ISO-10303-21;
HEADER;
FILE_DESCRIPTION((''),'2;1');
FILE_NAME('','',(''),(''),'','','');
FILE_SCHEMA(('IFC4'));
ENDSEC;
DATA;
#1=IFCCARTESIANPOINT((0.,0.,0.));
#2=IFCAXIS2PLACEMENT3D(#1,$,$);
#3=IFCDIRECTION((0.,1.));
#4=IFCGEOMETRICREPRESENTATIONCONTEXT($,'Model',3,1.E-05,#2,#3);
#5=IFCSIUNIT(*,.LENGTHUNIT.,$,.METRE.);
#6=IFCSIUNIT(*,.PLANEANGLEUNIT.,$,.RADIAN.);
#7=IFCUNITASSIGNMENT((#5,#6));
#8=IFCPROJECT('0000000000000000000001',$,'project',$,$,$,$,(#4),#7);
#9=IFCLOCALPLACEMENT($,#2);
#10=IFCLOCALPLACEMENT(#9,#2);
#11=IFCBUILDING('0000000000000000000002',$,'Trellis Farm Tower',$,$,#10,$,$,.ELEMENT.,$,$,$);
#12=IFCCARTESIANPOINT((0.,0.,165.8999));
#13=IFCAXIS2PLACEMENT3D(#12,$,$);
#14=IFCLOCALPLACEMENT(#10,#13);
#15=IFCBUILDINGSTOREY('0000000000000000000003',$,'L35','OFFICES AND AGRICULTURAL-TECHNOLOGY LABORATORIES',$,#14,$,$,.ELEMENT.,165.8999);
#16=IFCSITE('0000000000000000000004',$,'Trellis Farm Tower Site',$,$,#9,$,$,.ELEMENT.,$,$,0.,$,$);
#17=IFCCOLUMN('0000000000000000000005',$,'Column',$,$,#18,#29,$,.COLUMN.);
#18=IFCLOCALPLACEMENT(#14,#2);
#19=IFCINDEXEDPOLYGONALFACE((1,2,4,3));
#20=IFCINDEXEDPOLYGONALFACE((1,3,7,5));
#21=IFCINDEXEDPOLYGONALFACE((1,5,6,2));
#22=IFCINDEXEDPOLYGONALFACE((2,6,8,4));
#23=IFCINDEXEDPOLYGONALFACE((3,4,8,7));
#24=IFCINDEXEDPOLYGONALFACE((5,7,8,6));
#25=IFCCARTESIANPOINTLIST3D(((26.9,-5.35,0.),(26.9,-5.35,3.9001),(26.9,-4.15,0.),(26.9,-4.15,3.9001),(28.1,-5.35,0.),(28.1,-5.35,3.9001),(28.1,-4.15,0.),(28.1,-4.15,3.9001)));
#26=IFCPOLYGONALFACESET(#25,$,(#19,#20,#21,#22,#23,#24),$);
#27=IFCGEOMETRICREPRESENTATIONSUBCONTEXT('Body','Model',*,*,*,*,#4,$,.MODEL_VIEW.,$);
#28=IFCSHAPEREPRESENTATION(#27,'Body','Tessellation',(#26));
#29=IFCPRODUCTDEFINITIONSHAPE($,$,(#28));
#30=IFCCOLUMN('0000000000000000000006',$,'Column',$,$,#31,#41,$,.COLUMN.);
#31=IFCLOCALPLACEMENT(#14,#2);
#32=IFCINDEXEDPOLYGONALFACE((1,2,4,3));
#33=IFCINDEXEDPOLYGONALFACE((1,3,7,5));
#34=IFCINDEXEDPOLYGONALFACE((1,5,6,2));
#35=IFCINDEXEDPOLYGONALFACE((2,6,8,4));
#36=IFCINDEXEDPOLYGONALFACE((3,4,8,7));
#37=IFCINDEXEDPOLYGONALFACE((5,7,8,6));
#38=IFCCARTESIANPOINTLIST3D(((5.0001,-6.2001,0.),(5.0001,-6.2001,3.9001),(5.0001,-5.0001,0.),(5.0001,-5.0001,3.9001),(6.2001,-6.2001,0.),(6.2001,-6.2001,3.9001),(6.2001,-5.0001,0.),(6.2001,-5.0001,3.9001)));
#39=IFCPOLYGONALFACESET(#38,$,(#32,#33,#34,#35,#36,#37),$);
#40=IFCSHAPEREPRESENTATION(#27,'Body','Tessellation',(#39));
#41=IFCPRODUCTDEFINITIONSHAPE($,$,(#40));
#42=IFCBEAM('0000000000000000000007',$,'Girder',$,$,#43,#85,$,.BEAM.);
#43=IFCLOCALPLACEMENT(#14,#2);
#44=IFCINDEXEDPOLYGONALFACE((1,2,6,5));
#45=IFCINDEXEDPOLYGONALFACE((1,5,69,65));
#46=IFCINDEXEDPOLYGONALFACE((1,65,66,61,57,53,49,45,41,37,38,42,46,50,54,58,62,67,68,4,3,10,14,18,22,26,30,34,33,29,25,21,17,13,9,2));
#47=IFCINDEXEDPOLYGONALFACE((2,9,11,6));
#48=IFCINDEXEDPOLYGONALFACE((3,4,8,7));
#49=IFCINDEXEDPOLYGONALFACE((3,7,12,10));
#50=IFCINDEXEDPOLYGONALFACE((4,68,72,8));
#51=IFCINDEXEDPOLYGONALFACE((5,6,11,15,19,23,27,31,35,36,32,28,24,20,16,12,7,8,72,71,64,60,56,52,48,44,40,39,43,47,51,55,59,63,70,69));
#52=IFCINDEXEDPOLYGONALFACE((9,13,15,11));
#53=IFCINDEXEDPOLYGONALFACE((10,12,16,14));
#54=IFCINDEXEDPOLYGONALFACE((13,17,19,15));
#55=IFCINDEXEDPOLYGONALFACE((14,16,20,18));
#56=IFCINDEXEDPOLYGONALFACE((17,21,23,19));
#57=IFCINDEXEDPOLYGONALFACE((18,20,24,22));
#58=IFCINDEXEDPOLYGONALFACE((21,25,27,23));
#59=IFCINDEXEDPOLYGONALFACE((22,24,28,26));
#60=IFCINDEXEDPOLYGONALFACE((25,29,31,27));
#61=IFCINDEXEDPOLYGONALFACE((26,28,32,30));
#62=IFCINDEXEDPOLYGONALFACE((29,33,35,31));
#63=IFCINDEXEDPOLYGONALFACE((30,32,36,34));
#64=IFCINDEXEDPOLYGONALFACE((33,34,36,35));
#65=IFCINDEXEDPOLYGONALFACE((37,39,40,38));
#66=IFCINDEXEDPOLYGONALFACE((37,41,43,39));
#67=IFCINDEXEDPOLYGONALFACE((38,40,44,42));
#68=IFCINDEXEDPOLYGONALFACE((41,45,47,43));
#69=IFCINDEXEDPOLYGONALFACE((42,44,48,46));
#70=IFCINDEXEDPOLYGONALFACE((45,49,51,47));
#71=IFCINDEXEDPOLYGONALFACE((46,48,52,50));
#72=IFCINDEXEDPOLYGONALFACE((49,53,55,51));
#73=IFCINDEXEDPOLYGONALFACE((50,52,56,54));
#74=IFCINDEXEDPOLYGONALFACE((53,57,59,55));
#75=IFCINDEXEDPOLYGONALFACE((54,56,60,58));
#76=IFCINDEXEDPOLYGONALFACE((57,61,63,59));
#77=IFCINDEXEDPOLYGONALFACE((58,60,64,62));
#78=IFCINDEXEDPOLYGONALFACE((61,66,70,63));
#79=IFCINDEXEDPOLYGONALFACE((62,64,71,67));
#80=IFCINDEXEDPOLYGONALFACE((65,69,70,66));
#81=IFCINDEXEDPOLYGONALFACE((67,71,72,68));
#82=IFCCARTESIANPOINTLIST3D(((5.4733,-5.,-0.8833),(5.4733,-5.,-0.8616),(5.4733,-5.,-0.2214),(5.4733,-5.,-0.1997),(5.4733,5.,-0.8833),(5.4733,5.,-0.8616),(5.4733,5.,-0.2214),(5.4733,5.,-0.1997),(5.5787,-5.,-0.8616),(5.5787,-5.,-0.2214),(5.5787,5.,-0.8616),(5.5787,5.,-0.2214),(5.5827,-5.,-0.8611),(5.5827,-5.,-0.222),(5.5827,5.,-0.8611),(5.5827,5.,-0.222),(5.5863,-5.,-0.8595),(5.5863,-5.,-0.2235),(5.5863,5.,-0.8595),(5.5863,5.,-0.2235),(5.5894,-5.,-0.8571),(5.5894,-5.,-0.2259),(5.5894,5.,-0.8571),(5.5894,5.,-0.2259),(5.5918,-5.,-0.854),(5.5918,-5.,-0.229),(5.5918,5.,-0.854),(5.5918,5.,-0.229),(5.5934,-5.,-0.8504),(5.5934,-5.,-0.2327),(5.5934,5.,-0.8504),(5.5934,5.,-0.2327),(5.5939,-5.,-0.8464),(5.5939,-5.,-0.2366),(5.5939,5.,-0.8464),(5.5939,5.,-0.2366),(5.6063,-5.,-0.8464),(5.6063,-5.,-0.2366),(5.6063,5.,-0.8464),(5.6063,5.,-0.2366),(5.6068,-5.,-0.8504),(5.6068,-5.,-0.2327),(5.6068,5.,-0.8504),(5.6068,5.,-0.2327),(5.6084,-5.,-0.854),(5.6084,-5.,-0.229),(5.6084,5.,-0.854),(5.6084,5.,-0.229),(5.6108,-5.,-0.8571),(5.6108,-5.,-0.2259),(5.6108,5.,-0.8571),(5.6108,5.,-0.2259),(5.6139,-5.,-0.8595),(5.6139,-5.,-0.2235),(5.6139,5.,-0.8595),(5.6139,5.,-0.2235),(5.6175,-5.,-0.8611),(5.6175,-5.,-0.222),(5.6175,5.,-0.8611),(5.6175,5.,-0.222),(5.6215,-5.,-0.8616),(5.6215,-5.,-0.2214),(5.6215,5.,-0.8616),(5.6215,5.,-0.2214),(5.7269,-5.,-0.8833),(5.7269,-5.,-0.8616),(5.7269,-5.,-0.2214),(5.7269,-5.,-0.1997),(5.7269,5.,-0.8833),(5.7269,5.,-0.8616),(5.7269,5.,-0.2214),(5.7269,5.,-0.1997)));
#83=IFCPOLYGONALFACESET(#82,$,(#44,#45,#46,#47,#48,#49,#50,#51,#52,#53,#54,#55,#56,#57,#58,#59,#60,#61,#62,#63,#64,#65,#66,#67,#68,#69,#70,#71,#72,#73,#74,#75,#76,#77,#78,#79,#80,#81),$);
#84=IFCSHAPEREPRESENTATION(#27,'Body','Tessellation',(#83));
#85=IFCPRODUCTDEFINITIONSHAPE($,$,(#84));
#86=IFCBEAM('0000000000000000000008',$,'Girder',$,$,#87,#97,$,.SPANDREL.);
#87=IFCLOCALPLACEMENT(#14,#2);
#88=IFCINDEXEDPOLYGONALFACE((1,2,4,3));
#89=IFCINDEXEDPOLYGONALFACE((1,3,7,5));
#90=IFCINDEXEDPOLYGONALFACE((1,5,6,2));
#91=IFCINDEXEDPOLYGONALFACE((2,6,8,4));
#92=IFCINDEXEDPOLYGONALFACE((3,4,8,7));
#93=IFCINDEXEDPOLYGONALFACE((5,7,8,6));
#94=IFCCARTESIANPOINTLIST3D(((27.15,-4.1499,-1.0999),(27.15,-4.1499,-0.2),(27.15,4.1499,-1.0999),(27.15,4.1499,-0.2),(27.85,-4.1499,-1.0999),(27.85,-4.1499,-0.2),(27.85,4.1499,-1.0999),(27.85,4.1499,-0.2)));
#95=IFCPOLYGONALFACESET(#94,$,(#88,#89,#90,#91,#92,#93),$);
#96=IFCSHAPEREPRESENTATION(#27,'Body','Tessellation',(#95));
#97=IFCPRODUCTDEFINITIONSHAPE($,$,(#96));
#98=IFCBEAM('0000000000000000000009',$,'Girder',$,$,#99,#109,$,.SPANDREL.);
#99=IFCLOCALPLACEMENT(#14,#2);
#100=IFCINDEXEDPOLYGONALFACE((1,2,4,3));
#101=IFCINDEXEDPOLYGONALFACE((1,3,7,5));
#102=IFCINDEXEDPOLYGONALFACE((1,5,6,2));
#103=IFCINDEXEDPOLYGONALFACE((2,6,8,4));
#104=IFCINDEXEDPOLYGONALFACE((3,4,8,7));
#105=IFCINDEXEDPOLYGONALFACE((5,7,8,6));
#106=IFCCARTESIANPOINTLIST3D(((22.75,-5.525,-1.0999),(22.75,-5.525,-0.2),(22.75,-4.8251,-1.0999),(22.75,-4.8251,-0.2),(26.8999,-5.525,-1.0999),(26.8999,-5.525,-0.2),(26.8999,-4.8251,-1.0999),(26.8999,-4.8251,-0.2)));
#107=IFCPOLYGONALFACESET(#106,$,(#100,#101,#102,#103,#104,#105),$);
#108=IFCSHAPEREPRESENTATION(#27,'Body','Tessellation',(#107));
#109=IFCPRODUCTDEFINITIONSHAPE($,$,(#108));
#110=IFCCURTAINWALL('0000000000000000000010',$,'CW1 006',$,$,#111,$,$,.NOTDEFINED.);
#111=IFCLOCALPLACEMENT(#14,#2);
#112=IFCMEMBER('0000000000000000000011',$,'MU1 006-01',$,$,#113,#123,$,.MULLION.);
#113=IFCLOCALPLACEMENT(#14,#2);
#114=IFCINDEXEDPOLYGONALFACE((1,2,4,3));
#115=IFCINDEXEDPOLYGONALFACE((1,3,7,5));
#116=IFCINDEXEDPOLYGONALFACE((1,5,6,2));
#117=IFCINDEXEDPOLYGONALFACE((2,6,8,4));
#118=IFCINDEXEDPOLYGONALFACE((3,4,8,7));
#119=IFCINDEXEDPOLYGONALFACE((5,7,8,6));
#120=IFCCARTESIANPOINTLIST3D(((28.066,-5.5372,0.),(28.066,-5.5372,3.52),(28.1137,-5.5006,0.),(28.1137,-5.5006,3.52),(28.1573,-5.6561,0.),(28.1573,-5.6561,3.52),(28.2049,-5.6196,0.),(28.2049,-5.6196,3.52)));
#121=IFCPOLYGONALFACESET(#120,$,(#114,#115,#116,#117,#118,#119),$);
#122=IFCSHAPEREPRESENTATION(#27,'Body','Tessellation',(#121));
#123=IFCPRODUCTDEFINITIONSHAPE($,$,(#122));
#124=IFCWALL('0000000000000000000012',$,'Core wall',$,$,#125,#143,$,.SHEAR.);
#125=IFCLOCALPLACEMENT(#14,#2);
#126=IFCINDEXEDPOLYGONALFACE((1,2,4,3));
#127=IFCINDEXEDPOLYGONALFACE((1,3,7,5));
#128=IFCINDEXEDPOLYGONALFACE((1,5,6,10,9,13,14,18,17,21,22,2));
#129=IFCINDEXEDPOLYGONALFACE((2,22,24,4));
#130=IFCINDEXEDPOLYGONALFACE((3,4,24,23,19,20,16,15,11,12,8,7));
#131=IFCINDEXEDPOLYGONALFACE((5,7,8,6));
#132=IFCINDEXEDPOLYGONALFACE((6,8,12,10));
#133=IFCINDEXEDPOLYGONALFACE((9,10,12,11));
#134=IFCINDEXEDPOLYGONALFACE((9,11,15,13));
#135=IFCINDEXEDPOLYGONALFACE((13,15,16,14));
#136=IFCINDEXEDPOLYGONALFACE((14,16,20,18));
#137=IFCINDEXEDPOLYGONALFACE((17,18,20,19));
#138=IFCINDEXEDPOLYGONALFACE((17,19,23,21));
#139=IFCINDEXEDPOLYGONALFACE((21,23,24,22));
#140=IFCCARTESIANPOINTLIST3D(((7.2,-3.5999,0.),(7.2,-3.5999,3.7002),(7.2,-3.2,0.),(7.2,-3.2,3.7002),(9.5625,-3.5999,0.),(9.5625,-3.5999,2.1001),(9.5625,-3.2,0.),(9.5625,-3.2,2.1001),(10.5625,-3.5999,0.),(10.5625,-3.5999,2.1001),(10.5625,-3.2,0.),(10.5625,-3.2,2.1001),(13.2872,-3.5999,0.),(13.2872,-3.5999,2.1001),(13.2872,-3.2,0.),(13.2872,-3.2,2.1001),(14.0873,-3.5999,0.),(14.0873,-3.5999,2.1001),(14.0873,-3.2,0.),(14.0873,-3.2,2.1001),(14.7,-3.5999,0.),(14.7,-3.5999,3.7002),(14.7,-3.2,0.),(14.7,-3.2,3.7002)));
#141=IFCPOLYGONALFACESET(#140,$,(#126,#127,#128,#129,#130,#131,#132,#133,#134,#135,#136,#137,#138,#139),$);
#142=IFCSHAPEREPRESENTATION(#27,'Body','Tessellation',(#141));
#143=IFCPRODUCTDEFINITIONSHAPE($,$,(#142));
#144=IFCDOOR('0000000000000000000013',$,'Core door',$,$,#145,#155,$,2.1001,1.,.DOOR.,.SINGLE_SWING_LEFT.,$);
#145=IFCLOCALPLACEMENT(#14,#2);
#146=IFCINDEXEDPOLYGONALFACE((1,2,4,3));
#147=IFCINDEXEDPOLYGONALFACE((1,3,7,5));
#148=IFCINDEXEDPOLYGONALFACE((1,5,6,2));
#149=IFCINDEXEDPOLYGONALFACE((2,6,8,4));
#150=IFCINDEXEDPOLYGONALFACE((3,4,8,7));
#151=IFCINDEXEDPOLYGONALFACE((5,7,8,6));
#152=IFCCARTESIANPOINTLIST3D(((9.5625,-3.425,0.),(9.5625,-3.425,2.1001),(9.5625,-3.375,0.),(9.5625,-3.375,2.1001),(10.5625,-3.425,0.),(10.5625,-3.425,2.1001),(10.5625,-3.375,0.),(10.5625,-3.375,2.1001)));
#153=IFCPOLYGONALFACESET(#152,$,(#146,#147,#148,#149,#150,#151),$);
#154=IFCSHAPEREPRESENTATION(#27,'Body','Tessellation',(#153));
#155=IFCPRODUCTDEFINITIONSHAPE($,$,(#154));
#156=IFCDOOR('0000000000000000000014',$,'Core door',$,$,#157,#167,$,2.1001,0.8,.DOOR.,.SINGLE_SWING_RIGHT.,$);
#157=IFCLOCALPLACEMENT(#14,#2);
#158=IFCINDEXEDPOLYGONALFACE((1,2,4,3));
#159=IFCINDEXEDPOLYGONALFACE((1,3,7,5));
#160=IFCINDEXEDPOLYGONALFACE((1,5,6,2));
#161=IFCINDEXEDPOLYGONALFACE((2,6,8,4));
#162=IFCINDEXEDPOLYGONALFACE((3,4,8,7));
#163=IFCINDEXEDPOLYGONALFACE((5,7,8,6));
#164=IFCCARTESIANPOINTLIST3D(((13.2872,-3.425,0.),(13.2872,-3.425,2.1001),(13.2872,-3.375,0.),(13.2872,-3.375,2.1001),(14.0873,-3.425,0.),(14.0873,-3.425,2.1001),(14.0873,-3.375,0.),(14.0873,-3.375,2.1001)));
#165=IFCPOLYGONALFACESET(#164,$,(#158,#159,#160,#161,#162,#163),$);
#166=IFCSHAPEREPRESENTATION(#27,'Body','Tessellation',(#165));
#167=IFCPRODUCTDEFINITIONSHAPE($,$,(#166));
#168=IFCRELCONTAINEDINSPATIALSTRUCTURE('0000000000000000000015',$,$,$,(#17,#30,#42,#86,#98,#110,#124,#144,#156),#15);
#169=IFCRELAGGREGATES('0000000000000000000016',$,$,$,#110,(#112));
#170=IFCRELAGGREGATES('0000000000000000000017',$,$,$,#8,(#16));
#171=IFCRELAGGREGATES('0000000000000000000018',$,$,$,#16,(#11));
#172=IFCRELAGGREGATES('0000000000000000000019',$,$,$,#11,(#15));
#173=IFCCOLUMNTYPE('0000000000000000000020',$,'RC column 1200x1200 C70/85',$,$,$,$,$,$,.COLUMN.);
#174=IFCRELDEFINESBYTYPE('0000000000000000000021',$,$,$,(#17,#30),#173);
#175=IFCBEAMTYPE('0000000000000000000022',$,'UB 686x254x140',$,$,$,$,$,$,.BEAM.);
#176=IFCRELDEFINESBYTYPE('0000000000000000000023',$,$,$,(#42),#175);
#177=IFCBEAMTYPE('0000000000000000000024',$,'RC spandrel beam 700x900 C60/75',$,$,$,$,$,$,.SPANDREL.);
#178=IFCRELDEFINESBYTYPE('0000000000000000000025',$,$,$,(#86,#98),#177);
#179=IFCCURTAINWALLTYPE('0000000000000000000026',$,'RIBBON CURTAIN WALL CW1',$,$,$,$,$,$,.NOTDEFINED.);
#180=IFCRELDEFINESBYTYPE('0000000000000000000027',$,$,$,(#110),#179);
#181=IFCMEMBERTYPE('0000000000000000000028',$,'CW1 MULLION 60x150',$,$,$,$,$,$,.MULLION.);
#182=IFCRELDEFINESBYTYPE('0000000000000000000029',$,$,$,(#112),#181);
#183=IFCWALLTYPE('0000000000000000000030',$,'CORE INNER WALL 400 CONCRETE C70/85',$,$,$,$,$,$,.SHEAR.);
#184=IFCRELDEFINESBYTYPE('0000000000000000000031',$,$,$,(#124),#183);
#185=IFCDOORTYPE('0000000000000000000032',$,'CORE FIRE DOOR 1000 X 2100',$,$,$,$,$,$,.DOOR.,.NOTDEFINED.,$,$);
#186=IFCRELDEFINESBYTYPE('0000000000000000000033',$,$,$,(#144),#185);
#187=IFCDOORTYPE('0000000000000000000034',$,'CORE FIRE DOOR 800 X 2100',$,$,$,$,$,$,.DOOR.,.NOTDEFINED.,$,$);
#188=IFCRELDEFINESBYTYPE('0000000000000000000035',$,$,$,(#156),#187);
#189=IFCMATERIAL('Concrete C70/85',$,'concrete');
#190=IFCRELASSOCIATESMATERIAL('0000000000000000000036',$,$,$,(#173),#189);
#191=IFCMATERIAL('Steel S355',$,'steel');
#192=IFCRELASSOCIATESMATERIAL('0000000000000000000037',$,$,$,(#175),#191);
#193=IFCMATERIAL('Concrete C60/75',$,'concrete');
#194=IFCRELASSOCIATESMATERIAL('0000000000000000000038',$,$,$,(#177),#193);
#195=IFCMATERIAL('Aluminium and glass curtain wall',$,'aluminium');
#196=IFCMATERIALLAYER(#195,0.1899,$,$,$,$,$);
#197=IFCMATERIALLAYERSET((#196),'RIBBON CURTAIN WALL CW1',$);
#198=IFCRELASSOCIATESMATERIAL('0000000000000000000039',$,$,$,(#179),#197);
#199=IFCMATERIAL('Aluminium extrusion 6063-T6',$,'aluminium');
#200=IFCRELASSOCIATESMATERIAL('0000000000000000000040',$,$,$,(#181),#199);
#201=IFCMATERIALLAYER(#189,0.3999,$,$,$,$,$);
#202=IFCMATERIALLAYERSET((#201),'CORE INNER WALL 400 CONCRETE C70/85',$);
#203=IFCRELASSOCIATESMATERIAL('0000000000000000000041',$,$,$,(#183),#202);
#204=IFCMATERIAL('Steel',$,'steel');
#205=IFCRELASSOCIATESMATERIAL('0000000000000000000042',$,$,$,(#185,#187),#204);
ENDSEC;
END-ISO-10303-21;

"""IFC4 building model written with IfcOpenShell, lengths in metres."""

from ifc_helpers import new_model, si_unit, direction, frame, frame_2d, origin, origin_2d, place, context, subcontext, project, spatial, rectangle, i_section, extrude, source, transform, mapped, material, layer, layer_set, material_profile, profile_set, type_object, element, fill, aggregate, save


model = new_model("IFC4")

# Units and contexts
model_context = context("Model", 3, precision=1e-05, world=origin(), true_north=direction((0.0, 1.0)))
body_context = subcontext(model_context, "Body", "Model", "MODEL_VIEW")
ifc_project = project(units=[si_unit("LENGTHUNIT", "METRE"), si_unit("PLANEANGLEUNIT", "RADIAN")], contexts=[model_context])

# Site, building, storey
site_placement = place(None, origin())
site = spatial("IfcSite", under=ifc_project, at=site_placement, Name="Trellis Farm Tower Site", CompositionType="ELEMENT", RefElevation=0.0)
building_placement = place(site_placement, origin())
building = spatial("IfcBuilding", under=site, at=building_placement, Name="Trellis Farm Tower", CompositionType="ELEMENT")
storey_placement = place(building_placement, frame((0.0, 0.0, 165.8999)))
storey = spatial("IfcBuildingStorey", under=building, at=storey_placement, Name="L35", Description="OFFICES AND AGRICULTURAL-TECHNOLOGY LABORATORIES", CompositionType="ELEMENT", Elevation=165.8999)

# Columns
ifc_material_1 = material(Name="Concrete C70/85", Category="concrete")
ifc_material_profile_1 = material_profile(ifc_material_1, rectangle(XDim=1.2, YDim=1.2, at=origin_2d()), Name="RC column 1200x1200 C70/85")
ifc_profile_set_1 = profile_set([ifc_material_profile_1], Name="Concrete C70/85")
column_type = type_object("IfcColumnType", Name="RC column 1200x1200 C70/85", PredefinedType="COLUMN", material=ifc_profile_set_1)
shared_shape_1 = source(origin(), body_context, "Body", "SweptSolid", [
    extrude(rectangle(XDim=1.2, YDim=1.2, at=origin_2d()), origin(), (0.0, 0.0, 1.0), 3.9001),
])
for number, where, z_axis, x_axis, name in (
    (1, (27.5, -4.75, 0.0), (0.0, 0.0, 1.0), (1.0, 0.0, 0.0), "Column"),
    (2, (5.6001, -5.6001, 0.0), (0.0, 0.0, 1.0), (1.0, 0.0, 0.0), "Column"),
):
    element("IfcColumn", number, at=place(storey_placement, frame(where, z_axis=z_axis, x_axis=x_axis)), inside=storey, type_object=column_type, Name=name, PredefinedType="COLUMN", context=body_context, shape_type="MappedRepresentation", body=[
        mapped(shared_shape_1, transform((0.0, 0.0, 0.0))),
    ])

# Beams
ifc_material_2 = material(Name="Steel S355", Category="steel")
ifc_material_profile_2 = material_profile(ifc_material_2, i_section(OverallWidth=0.2537, OverallDepth=0.6836, WebThickness=0.0125, FlangeThickness=0.0217, FilletRadius=0.0151, at=origin_2d()), Name="UB 686x254x140")
ifc_profile_set_2 = profile_set([ifc_material_profile_2], Name="Steel S355")
beam_type_1 = type_object("IfcBeamType", Name="UB 686x254x140", PredefinedType="BEAM", material=ifc_profile_set_2)
shared_shape_2 = source(origin(), body_context, "Body", "SweptSolid", [
    extrude(i_section(OverallWidth=0.2537, OverallDepth=0.6836, WebThickness=0.0125, FlangeThickness=0.0217, FilletRadius=0.0151, at=origin_2d()), origin(), (0.0, 0.0, 1.0), 10.0),
])
beam_1_placement = place(storey_placement, frame((5.6001, -5.0, -0.5415), z_axis=(0.0, 1.0, 0.0), x_axis=(-1.0, 0.0, 0.0)))
element("IfcBeam", 3, at=beam_1_placement, inside=storey, type_object=beam_type_1, Name="Girder", PredefinedType="BEAM", context=body_context, shape_type="MappedRepresentation", body=[
    mapped(shared_shape_2, transform((0.0, 0.0, 0.0))),
])
ifc_material_3 = material(Name="Concrete C60/75", Category="concrete")
ifc_material_profile_3 = material_profile(ifc_material_3, rectangle(XDim=0.7, YDim=0.8999, at=origin_2d()), Name="RC spandrel beam 700x900 C60/75")
ifc_profile_set_3 = profile_set([ifc_material_profile_3], Name="Concrete C60/75")
beam_type_2 = type_object("IfcBeamType", Name="RC spandrel beam 700x900 C60/75", PredefinedType="SPANDREL", material=ifc_profile_set_3)
shared_shape_3 = source(origin(), body_context, "Body", "SweptSolid", [
    extrude(rectangle(XDim=0.7, YDim=0.8999, at=origin_2d()), origin(), (0.0, 0.0, 1.0), 8.2998),
])
beam_2_placement = place(storey_placement, frame((27.5, -4.1499, -0.6499), z_axis=(0.0, 1.0, 0.0), x_axis=(-1.0, 0.0, 0.0)))
element("IfcBeam", 4, at=beam_2_placement, inside=storey, type_object=beam_type_2, Name="Girder", PredefinedType="SPANDREL", context=body_context, shape_type="MappedRepresentation", body=[
    mapped(shared_shape_3, transform((0.0, 0.0, 0.0))),
])
shared_shape_4 = source(origin(), body_context, "Body", "SweptSolid", [
    extrude(rectangle(XDim=0.7, YDim=0.8999, at=origin_2d()), origin(), (0.0, 0.0, 1.0), 4.1499),
])
beam_3_placement = place(storey_placement, frame((22.75, -5.175, -0.6499), z_axis=(1.0, 0.0, 0.0), x_axis=(0.0, 1.0, 0.0)))
element("IfcBeam", 5, at=beam_3_placement, inside=storey, type_object=beam_type_2, Name="Girder", PredefinedType="SPANDREL", context=body_context, shape_type="MappedRepresentation", body=[
    mapped(shared_shape_4, transform((0.0, 0.0, 0.0))),
])

# Curtain wall, member
ifc_material_4 = material(Name="Aluminium and glass curtain wall", Category="aluminium")
ifc_layer_1 = layer(ifc_material_4, 0.1899)
ifc_layer_set_1 = layer_set([ifc_layer_1], Name="RIBBON CURTAIN WALL CW1")
curtain_wall_type = type_object("IfcCurtainWallType", Name="RIBBON CURTAIN WALL CW1", PredefinedType="NOTDEFINED", material=ifc_layer_set_1)
placement = place(storey_placement, origin())
curtain_wall = element("IfcCurtainWall", 6, at=placement, inside=storey, type_object=curtain_wall_type, Name="CW1 006", PredefinedType="NOTDEFINED")
ifc_material_5 = material(Name="Aluminium extrusion 6063-T6", Category="aluminium")
ifc_material_profile_4 = material_profile(ifc_material_5, rectangle(XDim=0.0601, YDim=0.1499, at=origin_2d()), Name="MULLION 60x150")
ifc_profile_set_4 = profile_set([ifc_material_profile_4], Name="Aluminium extrusion 6063-T6")
member_type = type_object("IfcMemberType", Name="CW1 MULLION 60x150", PredefinedType="MULLION", material=ifc_profile_set_4)
shared_shape_5 = source(origin(), body_context, "Body", "SweptSolid", [
    extrude(rectangle(XDim=0.0601, YDim=0.1499, at=origin_2d()), origin(), (0.0, 0.0, 1.0), 3.52),
])
member_placement = place(storey_placement, frame((28.1355, -5.5784, 0.0), z_axis=(0.0, 0.0, 1.0), x_axis=(0.793353, 0.608761, 0.0)))
member = element("IfcMember", 7, at=member_placement, type_object=member_type, Name="MU1 006-01", PredefinedType="MULLION", context=body_context, shape_type="MappedRepresentation", body=[
    mapped(shared_shape_5, transform((0.0, 0.0, 0.0))),
])
aggregate(curtain_wall, [member])

# Wall, openings, doors
ifc_layer_2 = layer(ifc_material_1, 0.3999)
ifc_layer_set_2 = layer_set([ifc_layer_2], Name="CORE INNER WALL 400 CONCRETE C70/85")
wall_type_1 = type_object("IfcWallType", Name="CORE INNER WALL 400 CONCRETE C70/85", PredefinedType="SHEAR", material=ifc_layer_set_2)
shared_shape_6 = source(origin(), body_context, "Body", "SweptSolid", [
    extrude(rectangle(XDim=7.5, YDim=0.3999, at=frame_2d((3.75, 0.0))), origin(), (0.0, 0.0, 1.0), 3.7002),
])
wall_1_placement = place(storey_placement, frame((7.2, -3.3999, 0.0), z_axis=(0.0, 0.0, 1.0), x_axis=(1.0, 0.0, 0.0)))
wall_1 = element("IfcWall", 8, at=wall_1_placement, inside=storey, type_object=wall_type_1, Name="Core wall", PredefinedType="SHEAR", context=body_context, shape_type="MappedRepresentation", body=[
    mapped(shared_shape_6, transform((0.0, 0.0, 0.0))),
])
shared_shape_7 = source(origin(), body_context, "Body", "SweptSolid", [
    extrude(rectangle(XDim=1.0, YDim=2.1001, at=frame_2d((0.5, 1.05))), frame((0.0, 0.21, 0.0), z_axis=(0.0, -1.0, 0.0), x_axis=(1.0, 0.0, 0.0)), (0.0, 0.0, 1.0), 0.4199),
])
opening_1_placement = place(wall_1_placement, frame((2.3625, 0.0, 0.0)))
opening_1 = element("IfcOpeningElement", 9, at=opening_1_placement, cuts=wall_1, PredefinedType="OPENING", context=body_context, shape_type="MappedRepresentation", body=[
    mapped(shared_shape_7, transform((0.0, 0.0, 0.0))),
])
shared_shape_8 = source(origin(), body_context, "Body", "SweptSolid", [
    extrude(rectangle(XDim=0.8, YDim=2.1001, at=frame_2d((0.3999, 1.05))), frame((0.0, 0.21, 0.0), z_axis=(0.0, -1.0, 0.0), x_axis=(1.0, 0.0, 0.0)), (0.0, 0.0, 1.0), 0.4199),
])
opening_2_placement = place(wall_1_placement, frame((6.0874, 0.0, 0.0)))
opening_2 = element("IfcOpeningElement", 10, at=opening_2_placement, cuts=wall_1, PredefinedType="OPENING", context=body_context, shape_type="MappedRepresentation", body=[
    mapped(shared_shape_8, transform((0.0, 0.0, 0.0))),
])
ifc_material_6 = material(Name="Steel", Category="steel")
door_type_1 = type_object("IfcDoorType", Name="CORE FIRE DOOR 1000 X 2100", OperationType="NOTDEFINED", PredefinedType="DOOR", material=ifc_material_6)
shared_shape_9 = source(origin(), body_context, "Body", "SweptSolid", [
    extrude(rectangle(XDim=1.0, YDim=2.1001, at=frame_2d((0.5, 1.05))), frame((0.0, 0.0249, 0.0), z_axis=(0.0, -1.0, 0.0), x_axis=(1.0, 0.0, 0.0)), (0.0, 0.0, 1.0), 0.05),
])
door_1_placement = place(opening_1_placement, origin())
door_1 = element("IfcDoor", 11, at=door_1_placement, inside=storey, type_object=door_type_1, Name="Core door", OperationType="SINGLE_SWING_LEFT", OverallHeight=2.1001, OverallWidth=1.0, PredefinedType="DOOR", context=body_context, shape_type="MappedRepresentation", body=[
    mapped(shared_shape_9, transform((0.0, 0.0, 0.0))),
])
fill(opening_1, door_1)
door_type_2 = type_object("IfcDoorType", Name="CORE FIRE DOOR 800 X 2100", OperationType="NOTDEFINED", PredefinedType="DOOR", material=ifc_material_6)
shared_shape_10 = source(origin(), body_context, "Body", "SweptSolid", [
    extrude(rectangle(XDim=0.8, YDim=2.1001, at=frame_2d((0.3999, 1.05))), frame((0.0, 0.0249, 0.0), z_axis=(0.0, -1.0, 0.0), x_axis=(1.0, 0.0, 0.0)), (0.0, 0.0, 1.0), 0.05),
])
door_2_placement = place(opening_2_placement, origin())
door_2 = element("IfcDoor", 12, at=door_2_placement, inside=storey, type_object=door_type_2, Name="Core door", OperationType="SINGLE_SWING_RIGHT", OverallHeight=2.1001, OverallWidth=0.8, PredefinedType="DOOR", context=body_context, shape_type="MappedRepresentation", body=[
    mapped(shared_shape_10, transform((0.0, 0.0, 0.0))),
])
fill(opening_2, door_2)

save(model, "model.ifc")
